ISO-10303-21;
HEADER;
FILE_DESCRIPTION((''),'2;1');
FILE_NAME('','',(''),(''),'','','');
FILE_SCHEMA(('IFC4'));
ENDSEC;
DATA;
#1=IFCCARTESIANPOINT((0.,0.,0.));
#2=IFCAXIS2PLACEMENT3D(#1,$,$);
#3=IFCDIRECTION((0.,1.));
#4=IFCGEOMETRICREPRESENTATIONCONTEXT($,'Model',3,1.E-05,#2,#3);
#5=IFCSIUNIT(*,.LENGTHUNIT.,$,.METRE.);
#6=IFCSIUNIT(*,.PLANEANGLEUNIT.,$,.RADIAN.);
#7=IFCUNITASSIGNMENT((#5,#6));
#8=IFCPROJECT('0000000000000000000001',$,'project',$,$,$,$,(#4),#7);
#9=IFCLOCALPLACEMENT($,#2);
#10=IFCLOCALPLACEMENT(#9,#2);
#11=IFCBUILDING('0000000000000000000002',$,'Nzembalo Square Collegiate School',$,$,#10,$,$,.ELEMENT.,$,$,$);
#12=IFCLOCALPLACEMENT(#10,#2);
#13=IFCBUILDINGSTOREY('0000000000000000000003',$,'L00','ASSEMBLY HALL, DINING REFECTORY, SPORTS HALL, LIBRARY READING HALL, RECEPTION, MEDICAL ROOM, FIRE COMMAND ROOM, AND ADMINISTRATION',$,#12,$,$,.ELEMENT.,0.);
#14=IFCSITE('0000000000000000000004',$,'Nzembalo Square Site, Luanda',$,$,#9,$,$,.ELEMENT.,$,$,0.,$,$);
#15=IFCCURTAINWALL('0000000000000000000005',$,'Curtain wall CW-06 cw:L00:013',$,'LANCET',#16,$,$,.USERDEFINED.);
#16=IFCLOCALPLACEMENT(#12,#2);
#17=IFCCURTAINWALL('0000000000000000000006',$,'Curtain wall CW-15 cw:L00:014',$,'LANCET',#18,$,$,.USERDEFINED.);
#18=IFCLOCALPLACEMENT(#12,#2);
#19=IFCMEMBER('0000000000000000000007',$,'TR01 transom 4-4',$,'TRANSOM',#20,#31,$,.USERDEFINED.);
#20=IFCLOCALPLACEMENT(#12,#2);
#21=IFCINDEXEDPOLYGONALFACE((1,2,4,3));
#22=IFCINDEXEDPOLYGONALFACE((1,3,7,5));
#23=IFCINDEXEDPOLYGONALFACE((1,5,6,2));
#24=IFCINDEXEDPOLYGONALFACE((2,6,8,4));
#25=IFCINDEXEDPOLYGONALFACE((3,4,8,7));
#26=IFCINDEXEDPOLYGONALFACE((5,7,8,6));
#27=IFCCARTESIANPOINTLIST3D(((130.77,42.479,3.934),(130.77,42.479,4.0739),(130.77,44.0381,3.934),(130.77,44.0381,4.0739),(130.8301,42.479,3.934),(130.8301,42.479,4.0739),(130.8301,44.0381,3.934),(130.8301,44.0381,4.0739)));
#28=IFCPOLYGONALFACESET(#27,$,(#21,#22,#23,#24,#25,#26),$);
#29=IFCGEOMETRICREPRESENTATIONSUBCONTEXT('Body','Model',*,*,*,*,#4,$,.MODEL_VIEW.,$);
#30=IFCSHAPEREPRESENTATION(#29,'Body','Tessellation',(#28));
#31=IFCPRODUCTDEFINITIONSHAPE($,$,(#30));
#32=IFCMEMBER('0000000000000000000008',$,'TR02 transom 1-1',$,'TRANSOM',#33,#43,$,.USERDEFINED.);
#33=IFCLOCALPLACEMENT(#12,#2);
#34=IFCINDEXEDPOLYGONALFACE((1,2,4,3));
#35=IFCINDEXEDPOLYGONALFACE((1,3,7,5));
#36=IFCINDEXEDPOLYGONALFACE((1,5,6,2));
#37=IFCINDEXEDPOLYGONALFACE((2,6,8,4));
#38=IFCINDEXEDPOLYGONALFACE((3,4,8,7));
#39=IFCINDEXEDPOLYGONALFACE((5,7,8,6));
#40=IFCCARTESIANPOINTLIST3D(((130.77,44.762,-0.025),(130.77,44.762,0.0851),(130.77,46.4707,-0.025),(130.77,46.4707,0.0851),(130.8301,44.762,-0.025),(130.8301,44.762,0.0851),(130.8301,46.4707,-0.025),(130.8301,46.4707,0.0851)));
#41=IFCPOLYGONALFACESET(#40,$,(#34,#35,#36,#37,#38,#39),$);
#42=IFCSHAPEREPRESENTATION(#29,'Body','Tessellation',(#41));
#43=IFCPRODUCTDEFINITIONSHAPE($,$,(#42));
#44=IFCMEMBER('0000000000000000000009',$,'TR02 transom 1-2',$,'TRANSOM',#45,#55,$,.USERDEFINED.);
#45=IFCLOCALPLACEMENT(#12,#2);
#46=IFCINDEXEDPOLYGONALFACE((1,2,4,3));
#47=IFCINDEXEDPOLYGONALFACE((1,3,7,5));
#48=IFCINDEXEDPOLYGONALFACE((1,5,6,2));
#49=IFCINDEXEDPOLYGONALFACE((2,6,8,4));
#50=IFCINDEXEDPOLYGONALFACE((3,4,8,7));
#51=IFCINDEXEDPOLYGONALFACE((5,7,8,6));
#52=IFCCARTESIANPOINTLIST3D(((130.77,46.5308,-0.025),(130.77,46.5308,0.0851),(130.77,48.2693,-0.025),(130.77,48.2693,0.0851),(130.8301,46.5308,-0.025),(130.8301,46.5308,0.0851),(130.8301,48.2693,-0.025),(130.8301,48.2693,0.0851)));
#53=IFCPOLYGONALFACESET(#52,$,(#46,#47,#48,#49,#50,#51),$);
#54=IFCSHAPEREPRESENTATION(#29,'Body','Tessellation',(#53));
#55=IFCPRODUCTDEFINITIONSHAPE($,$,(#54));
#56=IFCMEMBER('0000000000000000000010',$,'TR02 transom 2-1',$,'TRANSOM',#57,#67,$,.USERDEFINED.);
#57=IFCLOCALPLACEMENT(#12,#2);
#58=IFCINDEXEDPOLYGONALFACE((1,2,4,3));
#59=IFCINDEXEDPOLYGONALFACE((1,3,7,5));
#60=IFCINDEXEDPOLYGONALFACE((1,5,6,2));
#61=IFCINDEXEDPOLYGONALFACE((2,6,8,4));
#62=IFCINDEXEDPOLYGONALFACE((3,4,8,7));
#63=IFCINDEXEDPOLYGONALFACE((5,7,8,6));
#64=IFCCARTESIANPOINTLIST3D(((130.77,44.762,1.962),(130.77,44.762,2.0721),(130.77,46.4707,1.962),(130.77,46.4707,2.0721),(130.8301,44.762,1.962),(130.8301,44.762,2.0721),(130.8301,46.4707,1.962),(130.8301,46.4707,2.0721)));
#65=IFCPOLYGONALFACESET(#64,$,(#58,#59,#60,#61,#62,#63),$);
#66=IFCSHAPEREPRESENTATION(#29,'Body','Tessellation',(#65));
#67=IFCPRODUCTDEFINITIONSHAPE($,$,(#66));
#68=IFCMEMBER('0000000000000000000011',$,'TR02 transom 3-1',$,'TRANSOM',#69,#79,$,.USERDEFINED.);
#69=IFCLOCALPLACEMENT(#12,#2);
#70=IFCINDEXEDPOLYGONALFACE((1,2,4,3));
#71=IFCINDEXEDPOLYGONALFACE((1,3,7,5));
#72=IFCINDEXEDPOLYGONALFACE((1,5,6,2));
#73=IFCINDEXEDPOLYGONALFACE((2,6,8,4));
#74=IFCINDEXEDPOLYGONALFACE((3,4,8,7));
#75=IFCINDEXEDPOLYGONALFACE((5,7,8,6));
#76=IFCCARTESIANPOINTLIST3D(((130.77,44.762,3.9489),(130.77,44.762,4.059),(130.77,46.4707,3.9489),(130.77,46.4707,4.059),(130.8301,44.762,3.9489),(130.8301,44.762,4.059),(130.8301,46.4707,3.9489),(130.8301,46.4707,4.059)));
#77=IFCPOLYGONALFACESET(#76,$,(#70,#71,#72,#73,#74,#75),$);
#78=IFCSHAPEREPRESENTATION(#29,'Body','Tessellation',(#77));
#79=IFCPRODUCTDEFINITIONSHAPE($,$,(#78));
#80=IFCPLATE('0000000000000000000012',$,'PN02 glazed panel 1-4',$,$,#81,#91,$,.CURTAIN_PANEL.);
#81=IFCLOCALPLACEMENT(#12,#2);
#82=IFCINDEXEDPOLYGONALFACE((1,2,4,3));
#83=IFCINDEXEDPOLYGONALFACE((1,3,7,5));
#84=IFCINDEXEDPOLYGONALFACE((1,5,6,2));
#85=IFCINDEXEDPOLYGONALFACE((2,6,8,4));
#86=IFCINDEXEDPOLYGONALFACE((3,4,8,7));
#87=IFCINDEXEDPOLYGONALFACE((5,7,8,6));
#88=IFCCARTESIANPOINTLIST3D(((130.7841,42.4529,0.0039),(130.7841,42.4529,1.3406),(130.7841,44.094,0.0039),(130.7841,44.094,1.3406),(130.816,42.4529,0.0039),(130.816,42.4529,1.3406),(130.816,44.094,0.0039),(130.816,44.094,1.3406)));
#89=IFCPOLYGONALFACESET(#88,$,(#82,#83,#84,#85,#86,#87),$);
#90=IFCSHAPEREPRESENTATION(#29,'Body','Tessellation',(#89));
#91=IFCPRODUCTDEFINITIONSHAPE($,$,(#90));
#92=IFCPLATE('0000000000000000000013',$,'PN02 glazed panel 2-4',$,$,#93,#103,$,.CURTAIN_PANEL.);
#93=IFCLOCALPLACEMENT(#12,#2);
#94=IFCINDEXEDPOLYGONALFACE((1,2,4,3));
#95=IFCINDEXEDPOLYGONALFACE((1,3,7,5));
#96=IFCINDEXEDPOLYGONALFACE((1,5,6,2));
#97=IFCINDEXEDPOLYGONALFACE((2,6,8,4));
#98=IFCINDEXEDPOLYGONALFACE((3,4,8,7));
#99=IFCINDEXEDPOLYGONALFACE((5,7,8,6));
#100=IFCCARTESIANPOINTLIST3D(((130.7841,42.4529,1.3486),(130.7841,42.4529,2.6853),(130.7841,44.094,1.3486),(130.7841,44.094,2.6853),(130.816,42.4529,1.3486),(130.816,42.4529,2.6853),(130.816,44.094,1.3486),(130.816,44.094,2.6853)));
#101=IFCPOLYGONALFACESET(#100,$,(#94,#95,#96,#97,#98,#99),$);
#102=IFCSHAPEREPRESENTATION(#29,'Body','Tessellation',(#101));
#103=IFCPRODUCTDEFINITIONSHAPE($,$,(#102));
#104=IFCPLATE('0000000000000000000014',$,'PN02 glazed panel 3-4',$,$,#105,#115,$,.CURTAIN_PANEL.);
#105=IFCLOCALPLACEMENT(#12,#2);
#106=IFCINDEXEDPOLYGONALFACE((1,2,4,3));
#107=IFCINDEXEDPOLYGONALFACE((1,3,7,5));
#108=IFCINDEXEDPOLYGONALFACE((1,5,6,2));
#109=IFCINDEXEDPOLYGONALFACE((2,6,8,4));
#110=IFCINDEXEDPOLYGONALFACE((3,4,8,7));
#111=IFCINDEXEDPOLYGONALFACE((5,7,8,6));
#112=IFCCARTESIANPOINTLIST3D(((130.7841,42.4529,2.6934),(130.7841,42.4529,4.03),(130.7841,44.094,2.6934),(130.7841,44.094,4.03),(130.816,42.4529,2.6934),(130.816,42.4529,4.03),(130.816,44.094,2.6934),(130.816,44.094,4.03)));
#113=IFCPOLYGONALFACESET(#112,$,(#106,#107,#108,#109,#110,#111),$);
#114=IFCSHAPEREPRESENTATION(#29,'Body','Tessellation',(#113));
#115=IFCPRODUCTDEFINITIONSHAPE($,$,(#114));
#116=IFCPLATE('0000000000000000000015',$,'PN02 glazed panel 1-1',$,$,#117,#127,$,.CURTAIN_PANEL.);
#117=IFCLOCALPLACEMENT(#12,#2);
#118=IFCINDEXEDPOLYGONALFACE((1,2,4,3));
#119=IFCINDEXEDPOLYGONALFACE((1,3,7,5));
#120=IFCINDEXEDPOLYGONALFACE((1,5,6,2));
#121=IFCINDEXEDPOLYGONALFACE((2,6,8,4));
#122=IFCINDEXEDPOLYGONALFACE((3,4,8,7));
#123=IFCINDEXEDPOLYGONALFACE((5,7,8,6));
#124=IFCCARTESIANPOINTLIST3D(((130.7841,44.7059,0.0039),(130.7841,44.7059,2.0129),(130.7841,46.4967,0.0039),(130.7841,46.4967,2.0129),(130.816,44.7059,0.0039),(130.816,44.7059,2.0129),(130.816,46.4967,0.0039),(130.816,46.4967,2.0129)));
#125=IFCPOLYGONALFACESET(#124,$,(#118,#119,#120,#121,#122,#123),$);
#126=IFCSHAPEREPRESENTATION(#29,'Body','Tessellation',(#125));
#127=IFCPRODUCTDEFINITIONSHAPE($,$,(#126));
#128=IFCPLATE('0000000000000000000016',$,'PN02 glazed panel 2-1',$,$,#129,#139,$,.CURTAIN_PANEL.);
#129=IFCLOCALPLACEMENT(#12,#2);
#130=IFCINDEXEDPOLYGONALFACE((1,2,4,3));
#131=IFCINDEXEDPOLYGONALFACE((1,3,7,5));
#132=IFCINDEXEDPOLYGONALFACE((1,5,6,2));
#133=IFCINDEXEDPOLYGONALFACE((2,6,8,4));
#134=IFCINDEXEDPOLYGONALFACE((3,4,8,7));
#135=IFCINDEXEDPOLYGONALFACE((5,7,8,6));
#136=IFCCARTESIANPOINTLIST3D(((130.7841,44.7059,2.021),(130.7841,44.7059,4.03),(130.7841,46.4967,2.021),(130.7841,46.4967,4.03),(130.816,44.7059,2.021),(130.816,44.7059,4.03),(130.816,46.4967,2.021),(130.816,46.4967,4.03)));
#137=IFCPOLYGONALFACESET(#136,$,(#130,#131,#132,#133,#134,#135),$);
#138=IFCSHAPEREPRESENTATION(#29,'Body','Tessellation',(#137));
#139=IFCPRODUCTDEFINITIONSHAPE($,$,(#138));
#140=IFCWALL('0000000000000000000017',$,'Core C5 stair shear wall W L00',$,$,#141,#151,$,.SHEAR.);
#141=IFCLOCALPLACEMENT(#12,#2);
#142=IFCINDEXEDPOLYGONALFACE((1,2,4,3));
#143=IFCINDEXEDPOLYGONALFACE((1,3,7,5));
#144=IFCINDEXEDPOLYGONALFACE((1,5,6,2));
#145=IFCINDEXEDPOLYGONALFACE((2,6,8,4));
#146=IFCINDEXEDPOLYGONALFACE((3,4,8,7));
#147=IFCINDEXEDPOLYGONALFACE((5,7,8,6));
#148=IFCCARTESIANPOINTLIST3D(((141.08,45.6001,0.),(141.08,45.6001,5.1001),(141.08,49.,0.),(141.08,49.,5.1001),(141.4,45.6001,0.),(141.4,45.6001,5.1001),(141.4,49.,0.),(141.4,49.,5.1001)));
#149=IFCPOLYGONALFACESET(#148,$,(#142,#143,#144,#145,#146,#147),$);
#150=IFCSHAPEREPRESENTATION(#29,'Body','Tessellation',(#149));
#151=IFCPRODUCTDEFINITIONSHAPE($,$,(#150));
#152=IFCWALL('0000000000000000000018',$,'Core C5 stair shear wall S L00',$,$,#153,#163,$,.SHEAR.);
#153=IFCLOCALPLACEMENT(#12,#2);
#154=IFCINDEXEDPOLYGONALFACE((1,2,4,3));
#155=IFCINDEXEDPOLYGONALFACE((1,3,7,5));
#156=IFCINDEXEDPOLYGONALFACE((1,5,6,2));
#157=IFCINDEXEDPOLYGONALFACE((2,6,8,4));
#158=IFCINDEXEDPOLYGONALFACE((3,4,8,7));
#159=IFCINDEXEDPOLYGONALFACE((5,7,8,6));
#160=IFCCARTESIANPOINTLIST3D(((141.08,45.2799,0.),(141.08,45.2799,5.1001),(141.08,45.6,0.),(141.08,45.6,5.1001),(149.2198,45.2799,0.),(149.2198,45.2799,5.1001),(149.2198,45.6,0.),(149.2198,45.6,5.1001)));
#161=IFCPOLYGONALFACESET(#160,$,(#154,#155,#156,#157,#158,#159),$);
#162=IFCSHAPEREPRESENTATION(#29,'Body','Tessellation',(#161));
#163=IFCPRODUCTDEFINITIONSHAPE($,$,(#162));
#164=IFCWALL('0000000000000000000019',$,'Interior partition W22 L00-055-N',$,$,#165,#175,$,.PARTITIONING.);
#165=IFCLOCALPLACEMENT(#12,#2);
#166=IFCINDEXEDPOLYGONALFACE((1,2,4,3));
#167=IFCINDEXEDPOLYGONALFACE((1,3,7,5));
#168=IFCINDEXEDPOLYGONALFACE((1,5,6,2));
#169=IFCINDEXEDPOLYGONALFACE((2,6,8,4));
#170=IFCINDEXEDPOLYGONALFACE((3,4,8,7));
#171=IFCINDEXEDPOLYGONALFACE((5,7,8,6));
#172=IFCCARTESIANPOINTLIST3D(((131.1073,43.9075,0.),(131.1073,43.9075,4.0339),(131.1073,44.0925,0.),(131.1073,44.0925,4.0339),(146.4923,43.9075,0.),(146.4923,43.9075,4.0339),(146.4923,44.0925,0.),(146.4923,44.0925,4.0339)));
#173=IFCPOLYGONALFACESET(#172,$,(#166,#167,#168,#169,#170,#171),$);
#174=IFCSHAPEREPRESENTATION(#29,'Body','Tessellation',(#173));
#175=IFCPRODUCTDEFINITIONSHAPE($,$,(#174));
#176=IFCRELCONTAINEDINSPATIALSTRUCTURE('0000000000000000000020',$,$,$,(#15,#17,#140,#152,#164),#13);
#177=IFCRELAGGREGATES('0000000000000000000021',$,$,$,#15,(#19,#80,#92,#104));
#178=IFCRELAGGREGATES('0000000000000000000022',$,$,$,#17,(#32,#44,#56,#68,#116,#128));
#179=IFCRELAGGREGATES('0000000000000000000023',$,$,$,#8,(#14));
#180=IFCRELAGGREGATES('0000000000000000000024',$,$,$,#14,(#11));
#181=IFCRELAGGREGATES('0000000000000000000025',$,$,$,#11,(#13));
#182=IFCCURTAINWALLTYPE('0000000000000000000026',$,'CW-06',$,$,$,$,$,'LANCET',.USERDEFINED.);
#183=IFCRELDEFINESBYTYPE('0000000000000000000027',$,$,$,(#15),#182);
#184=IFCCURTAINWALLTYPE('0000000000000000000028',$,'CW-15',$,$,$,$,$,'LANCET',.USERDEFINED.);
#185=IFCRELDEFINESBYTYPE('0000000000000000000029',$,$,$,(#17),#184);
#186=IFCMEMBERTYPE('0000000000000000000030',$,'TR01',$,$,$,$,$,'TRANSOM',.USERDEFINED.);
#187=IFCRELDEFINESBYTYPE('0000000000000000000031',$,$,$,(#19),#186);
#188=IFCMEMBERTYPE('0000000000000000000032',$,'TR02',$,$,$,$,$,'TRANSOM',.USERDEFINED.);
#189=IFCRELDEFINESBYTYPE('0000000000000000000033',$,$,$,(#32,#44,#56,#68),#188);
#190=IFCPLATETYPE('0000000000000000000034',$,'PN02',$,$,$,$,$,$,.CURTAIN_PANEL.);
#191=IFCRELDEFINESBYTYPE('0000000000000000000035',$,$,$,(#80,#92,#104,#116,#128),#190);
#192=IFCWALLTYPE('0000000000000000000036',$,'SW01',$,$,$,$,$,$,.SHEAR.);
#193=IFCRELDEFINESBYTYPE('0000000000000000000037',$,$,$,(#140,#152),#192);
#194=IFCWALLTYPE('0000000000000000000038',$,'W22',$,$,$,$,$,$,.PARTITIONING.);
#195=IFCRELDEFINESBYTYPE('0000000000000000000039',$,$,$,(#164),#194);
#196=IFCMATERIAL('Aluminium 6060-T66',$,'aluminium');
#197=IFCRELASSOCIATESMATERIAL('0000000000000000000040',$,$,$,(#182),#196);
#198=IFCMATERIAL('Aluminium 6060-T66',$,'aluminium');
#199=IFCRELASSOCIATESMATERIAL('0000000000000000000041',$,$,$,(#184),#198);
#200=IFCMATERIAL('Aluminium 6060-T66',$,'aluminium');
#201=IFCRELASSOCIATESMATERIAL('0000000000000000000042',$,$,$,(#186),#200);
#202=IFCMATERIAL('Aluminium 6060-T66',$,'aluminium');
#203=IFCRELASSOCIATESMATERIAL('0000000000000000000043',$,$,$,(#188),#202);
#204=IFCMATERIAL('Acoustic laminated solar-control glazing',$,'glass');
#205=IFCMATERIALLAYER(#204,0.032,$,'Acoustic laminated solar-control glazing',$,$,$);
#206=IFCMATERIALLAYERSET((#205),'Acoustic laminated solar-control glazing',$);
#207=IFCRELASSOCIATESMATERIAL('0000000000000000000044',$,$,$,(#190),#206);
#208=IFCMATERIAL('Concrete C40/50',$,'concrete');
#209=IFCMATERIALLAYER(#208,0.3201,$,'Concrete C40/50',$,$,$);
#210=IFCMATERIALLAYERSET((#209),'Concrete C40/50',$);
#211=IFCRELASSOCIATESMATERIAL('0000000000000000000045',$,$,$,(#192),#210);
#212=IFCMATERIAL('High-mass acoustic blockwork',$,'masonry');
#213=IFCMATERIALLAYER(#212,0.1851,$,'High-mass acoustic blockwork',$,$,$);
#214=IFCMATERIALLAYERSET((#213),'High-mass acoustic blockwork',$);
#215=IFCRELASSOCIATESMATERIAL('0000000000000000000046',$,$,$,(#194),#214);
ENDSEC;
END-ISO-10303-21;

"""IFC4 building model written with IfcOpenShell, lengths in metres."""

from ifc_helpers import new_model, si_unit, direction, frame, frame_2d, origin, origin_2d, place, context, subcontext, project, spatial, rectangle, extrude, material, layer, layer_set, material_profile, profile_set, type_object, element, aggregate, save


model = new_model("IFC4")

# Units and contexts
model_context = context("Model", 3, precision=1e-05, world=origin(), true_north=direction((0.0, 1.0)))
body_context = subcontext(model_context, "Body", "Model", "MODEL_VIEW")
ifc_project = project(units=[si_unit("LENGTHUNIT", "METRE"), si_unit("PLANEANGLEUNIT", "RADIAN")], contexts=[model_context])

# Site, building, storey
site_placement = place(None, origin())
site = spatial("IfcSite", under=ifc_project, at=site_placement, Name="Nzembalo Square Site, Luanda", CompositionType="ELEMENT", RefElevation=0.0)
building_placement = place(site_placement, origin())
building = spatial("IfcBuilding", under=site, at=building_placement, Name="Nzembalo Square Collegiate School", CompositionType="ELEMENT")
storey_placement = place(building_placement, origin())
storey = spatial("IfcBuildingStorey", under=building, at=storey_placement, Name="L00", Description="ASSEMBLY HALL, DINING REFECTORY, SPORTS HALL, LIBRARY READING HALL, RECEPTION, MEDICAL ROOM, FIRE COMMAND ROOM, AND ADMINISTRATION", CompositionType="ELEMENT", Elevation=0.0)

# Curtain wall
ifc_material_1 = material(Name="Aluminium 6060-T66", Category="aluminium")
curtain_wall_type_1 = type_object("IfcCurtainWallType", Name="CW-06", ElementType="LANCET", PredefinedType="USERDEFINED", material=ifc_material_1)
curtain_wall_1_placement = place(storey_placement, origin())
curtain_wall_1 = element("IfcCurtainWall", 1, at=curtain_wall_1_placement, inside=storey, type_object=curtain_wall_type_1, Name="Curtain wall CW-06 cw:L00:013", ObjectType="LANCET", PredefinedType="USERDEFINED")

# Curtain wall
ifc_material_2 = material(Name="Aluminium 6060-T66", Category="aluminium")
curtain_wall_type_2 = type_object("IfcCurtainWallType", Name="CW-15", ElementType="LANCET", PredefinedType="USERDEFINED", material=ifc_material_2)
curtain_wall_2_placement = place(storey_placement, origin())
curtain_wall_2 = element("IfcCurtainWall", 2, at=curtain_wall_2_placement, inside=storey, type_object=curtain_wall_type_2, Name="Curtain wall CW-15 cw:L00:014", ObjectType="LANCET", PredefinedType="USERDEFINED")

# Members
ifc_material_3 = material(Name="Aluminium 6060-T66", Category="aluminium")
ifc_material_profile_1 = material_profile(ifc_material_3, rectangle(XDim=0.0601, YDim=0.1399, at=origin_2d()), Name="ALU T60x140")
ifc_profile_set_1 = profile_set([ifc_material_profile_1], Name="Aluminium 6060-T66")
member_type_1 = type_object("IfcMemberType", Name="TR01", ElementType="TRANSOM", PredefinedType="USERDEFINED", material=ifc_profile_set_1)
member_1_placement = place(storey_placement, frame((130.8, 42.479, 4.0039), z_axis=(0.0, 1.0, 0.0), x_axis=(-1.0, 0.0, 0.0)))
member_1 = element("IfcMember", 3, at=member_1_placement, type_object=member_type_1, Name="TR01 transom 4-4", ObjectType="TRANSOM", PredefinedType="USERDEFINED", context=body_context, shape_type="SweptSolid", body=[
    extrude(rectangle(XDim=0.0601, YDim=0.1399, at=origin_2d()), origin(), (0.0, 0.0, 1.0), 1.5591),
])
ifc_material_4 = material(Name="Aluminium 6060-T66", Category="aluminium")
ifc_material_profile_2 = material_profile(ifc_material_4, rectangle(XDim=0.0601, YDim=0.1101, at=origin_2d()), Name="ALU T60x110")
ifc_profile_set_2 = profile_set([ifc_material_profile_2], Name="Aluminium 6060-T66")
member_type_2 = type_object("IfcMemberType", Name="TR02", ElementType="TRANSOM", PredefinedType="USERDEFINED", material=ifc_profile_set_2)
member_2_placement = place(storey_placement, frame((130.8, 44.762, 0.03), z_axis=(0.0, 1.0, 0.0), x_axis=(-1.0, 0.0, 0.0)))
member_2 = element("IfcMember", 4, at=member_2_placement, type_object=member_type_2, Name="TR02 transom 1-1", ObjectType="TRANSOM", PredefinedType="USERDEFINED", context=body_context, shape_type="SweptSolid", body=[
    extrude(rectangle(XDim=0.0601, YDim=0.1101, at=origin_2d()), origin(), (0.0, 0.0, 1.0), 1.7087),
])
member_3_placement = place(storey_placement, frame((130.8, 46.5308, 0.03), z_axis=(0.0, 1.0, 0.0), x_axis=(-1.0, 0.0, 0.0)))
member_3 = element("IfcMember", 5, at=member_3_placement, type_object=member_type_2, Name="TR02 transom 1-2", ObjectType="TRANSOM", PredefinedType="USERDEFINED", context=body_context, shape_type="SweptSolid", body=[
    extrude(rectangle(XDim=0.0601, YDim=0.1101, at=origin_2d()), origin(), (0.0, 0.0, 1.0), 1.7385),
])
member_4_placement = place(storey_placement, frame((130.8, 44.762, 2.0171), z_axis=(0.0, 1.0, 0.0), x_axis=(-1.0, 0.0, 0.0)))
member_4 = element("IfcMember", 6, at=member_4_placement, type_object=member_type_2, Name="TR02 transom 2-1", ObjectType="TRANSOM", PredefinedType="USERDEFINED", context=body_context, shape_type="SweptSolid", body=[
    extrude(rectangle(XDim=0.0601, YDim=0.1101, at=origin_2d()), origin(), (0.0, 0.0, 1.0), 1.7087),
])
member_5_placement = place(storey_placement, frame((130.8, 44.762, 4.0039), z_axis=(0.0, 1.0, 0.0), x_axis=(-1.0, 0.0, 0.0)))
member_5 = element("IfcMember", 7, at=member_5_placement, type_object=member_type_2, Name="TR02 transom 3-1", ObjectType="TRANSOM", PredefinedType="USERDEFINED", context=body_context, shape_type="SweptSolid", body=[
    extrude(rectangle(XDim=0.0601, YDim=0.1101, at=origin_2d()), origin(), (0.0, 0.0, 1.0), 1.7087),
])

# Plates
ifc_material_5 = material(Name="Acoustic laminated solar-control glazing", Category="glass")
ifc_layer_1 = layer(ifc_material_5, 0.032, Name="Acoustic laminated solar-control glazing")
ifc_layer_set_1 = layer_set([ifc_layer_1], Name="Acoustic laminated solar-control glazing")
plate_type = type_object("IfcPlateType", Name="PN02", PredefinedType="CURTAIN_PANEL", material=ifc_layer_set_1)
plate_1_placement = place(storey_placement, frame((130.8, 43.2734, 0.0039), z_axis=(0.0, 0.0, 1.0), x_axis=(0.0, 1.0, 0.0)))
plate_1 = element("IfcPlate", 8, at=plate_1_placement, type_object=plate_type, Name="PN02 glazed panel 1-4", PredefinedType="CURTAIN_PANEL", context=body_context, shape_type="SweptSolid", body=[
    extrude(rectangle(XDim=1.6411, YDim=0.032, at=origin_2d()), origin(), (0.0, 0.0, 1.0), 1.3367),
])
plate_2_placement = place(storey_placement, frame((130.8, 43.2734, 1.3486), z_axis=(0.0, 0.0, 1.0), x_axis=(0.0, 1.0, 0.0)))
plate_2 = element("IfcPlate", 9, at=plate_2_placement, type_object=plate_type, Name="PN02 glazed panel 2-4", PredefinedType="CURTAIN_PANEL", context=body_context, shape_type="SweptSolid", body=[
    extrude(rectangle(XDim=1.6411, YDim=0.032, at=origin_2d()), origin(), (0.0, 0.0, 1.0), 1.3367),
])
plate_3_placement = place(storey_placement, frame((130.8, 43.2734, 2.6934), z_axis=(0.0, 0.0, 1.0), x_axis=(0.0, 1.0, 0.0)))
plate_3 = element("IfcPlate", 10, at=plate_3_placement, type_object=plate_type, Name="PN02 glazed panel 3-4", PredefinedType="CURTAIN_PANEL", context=body_context, shape_type="SweptSolid", body=[
    extrude(rectangle(XDim=1.6411, YDim=0.032, at=origin_2d()), origin(), (0.0, 0.0, 1.0), 1.3367),
])
aggregate(curtain_wall_1, [member_1, plate_1, plate_2, plate_3])
plate_4_placement = place(storey_placement, frame((130.8, 45.6013, 0.0039), z_axis=(0.0, 0.0, 1.0), x_axis=(0.0, 1.0, 0.0)))
plate_4 = element("IfcPlate", 11, at=plate_4_placement, type_object=plate_type, Name="PN02 glazed panel 1-1", PredefinedType="CURTAIN_PANEL", context=body_context, shape_type="SweptSolid", body=[
    extrude(rectangle(XDim=1.7908, YDim=0.032, at=origin_2d()), origin(), (0.0, 0.0, 1.0), 2.009),
])
plate_5_placement = place(storey_placement, frame((130.8, 45.6013, 2.021), z_axis=(0.0, 0.0, 1.0), x_axis=(0.0, 1.0, 0.0)))
plate_5 = element("IfcPlate", 12, at=plate_5_placement, type_object=plate_type, Name="PN02 glazed panel 2-1", PredefinedType="CURTAIN_PANEL", context=body_context, shape_type="SweptSolid", body=[
    extrude(rectangle(XDim=1.7908, YDim=0.032, at=origin_2d()), origin(), (0.0, 0.0, 1.0), 2.009),
])
aggregate(curtain_wall_2, [member_2, member_3, member_4, member_5, plate_4, plate_5])

# Walls
ifc_material_6 = material(Name="Concrete C40/50", Category="concrete")
ifc_layer_2 = layer(ifc_material_6, 0.3201, Name="Concrete C40/50")
ifc_layer_set_2 = layer_set([ifc_layer_2], Name="Concrete C40/50")
wall_type_1 = type_object("IfcWallType", Name="SW01", PredefinedType="SHEAR", material=ifc_layer_set_2)
wall_1_placement = place(storey_placement, frame((141.24, 45.6001, 0.0), z_axis=(0.0, 0.0, 1.0), x_axis=(0.0, 1.0, 0.0)))
element("IfcWall", 13, at=wall_1_placement, inside=storey, type_object=wall_type_1, Name="Core C5 stair shear wall W L00", PredefinedType="SHEAR", context=body_context, shape_type="SweptSolid", body=[
    extrude(rectangle(XDim=3.3999, YDim=0.3201, at=frame_2d((1.7, 0.0))), origin(), (0.0, 0.0, 1.0), 5.1001),
])
wall_2_placement = place(storey_placement, frame((141.0801, 45.4399, 0.0), z_axis=(0.0, 0.0, 1.0), x_axis=(1.0, 0.0, 0.0)))
element("IfcWall", 14, at=wall_2_placement, inside=storey, type_object=wall_type_1, Name="Core C5 stair shear wall S L00", PredefinedType="SHEAR", context=body_context, shape_type="SweptSolid", body=[
    extrude(rectangle(XDim=8.1399, YDim=0.3201, at=frame_2d((4.0698, 0.0))), origin(), (0.0, 0.0, 1.0), 5.1001),
])
ifc_material_7 = material(Name="High-mass acoustic blockwork", Category="masonry")
ifc_layer_3 = layer(ifc_material_7, 0.1851, Name="High-mass acoustic blockwork")
ifc_layer_set_3 = layer_set([ifc_layer_3], Name="High-mass acoustic blockwork")
wall_type_2 = type_object("IfcWallType", Name="W22", PredefinedType="PARTITIONING", material=ifc_layer_set_3)
wall_3_placement = place(storey_placement, frame((131.1074, 44.0, 0.0), z_axis=(0.0, 0.0, 1.0), x_axis=(1.0, 0.0, 0.0)))
element("IfcWall", 15, at=wall_3_placement, inside=storey, type_object=wall_type_2, Name="Interior partition W22 L00-055-N", PredefinedType="PARTITIONING", context=body_context, shape_type="SweptSolid", body=[
    extrude(rectangle(XDim=15.385, YDim=0.1851, at=frame_2d((7.6924, 0.0))), origin(), (0.0, 0.0, 1.0), 4.0339),
])

save(model, "model.ifc")
